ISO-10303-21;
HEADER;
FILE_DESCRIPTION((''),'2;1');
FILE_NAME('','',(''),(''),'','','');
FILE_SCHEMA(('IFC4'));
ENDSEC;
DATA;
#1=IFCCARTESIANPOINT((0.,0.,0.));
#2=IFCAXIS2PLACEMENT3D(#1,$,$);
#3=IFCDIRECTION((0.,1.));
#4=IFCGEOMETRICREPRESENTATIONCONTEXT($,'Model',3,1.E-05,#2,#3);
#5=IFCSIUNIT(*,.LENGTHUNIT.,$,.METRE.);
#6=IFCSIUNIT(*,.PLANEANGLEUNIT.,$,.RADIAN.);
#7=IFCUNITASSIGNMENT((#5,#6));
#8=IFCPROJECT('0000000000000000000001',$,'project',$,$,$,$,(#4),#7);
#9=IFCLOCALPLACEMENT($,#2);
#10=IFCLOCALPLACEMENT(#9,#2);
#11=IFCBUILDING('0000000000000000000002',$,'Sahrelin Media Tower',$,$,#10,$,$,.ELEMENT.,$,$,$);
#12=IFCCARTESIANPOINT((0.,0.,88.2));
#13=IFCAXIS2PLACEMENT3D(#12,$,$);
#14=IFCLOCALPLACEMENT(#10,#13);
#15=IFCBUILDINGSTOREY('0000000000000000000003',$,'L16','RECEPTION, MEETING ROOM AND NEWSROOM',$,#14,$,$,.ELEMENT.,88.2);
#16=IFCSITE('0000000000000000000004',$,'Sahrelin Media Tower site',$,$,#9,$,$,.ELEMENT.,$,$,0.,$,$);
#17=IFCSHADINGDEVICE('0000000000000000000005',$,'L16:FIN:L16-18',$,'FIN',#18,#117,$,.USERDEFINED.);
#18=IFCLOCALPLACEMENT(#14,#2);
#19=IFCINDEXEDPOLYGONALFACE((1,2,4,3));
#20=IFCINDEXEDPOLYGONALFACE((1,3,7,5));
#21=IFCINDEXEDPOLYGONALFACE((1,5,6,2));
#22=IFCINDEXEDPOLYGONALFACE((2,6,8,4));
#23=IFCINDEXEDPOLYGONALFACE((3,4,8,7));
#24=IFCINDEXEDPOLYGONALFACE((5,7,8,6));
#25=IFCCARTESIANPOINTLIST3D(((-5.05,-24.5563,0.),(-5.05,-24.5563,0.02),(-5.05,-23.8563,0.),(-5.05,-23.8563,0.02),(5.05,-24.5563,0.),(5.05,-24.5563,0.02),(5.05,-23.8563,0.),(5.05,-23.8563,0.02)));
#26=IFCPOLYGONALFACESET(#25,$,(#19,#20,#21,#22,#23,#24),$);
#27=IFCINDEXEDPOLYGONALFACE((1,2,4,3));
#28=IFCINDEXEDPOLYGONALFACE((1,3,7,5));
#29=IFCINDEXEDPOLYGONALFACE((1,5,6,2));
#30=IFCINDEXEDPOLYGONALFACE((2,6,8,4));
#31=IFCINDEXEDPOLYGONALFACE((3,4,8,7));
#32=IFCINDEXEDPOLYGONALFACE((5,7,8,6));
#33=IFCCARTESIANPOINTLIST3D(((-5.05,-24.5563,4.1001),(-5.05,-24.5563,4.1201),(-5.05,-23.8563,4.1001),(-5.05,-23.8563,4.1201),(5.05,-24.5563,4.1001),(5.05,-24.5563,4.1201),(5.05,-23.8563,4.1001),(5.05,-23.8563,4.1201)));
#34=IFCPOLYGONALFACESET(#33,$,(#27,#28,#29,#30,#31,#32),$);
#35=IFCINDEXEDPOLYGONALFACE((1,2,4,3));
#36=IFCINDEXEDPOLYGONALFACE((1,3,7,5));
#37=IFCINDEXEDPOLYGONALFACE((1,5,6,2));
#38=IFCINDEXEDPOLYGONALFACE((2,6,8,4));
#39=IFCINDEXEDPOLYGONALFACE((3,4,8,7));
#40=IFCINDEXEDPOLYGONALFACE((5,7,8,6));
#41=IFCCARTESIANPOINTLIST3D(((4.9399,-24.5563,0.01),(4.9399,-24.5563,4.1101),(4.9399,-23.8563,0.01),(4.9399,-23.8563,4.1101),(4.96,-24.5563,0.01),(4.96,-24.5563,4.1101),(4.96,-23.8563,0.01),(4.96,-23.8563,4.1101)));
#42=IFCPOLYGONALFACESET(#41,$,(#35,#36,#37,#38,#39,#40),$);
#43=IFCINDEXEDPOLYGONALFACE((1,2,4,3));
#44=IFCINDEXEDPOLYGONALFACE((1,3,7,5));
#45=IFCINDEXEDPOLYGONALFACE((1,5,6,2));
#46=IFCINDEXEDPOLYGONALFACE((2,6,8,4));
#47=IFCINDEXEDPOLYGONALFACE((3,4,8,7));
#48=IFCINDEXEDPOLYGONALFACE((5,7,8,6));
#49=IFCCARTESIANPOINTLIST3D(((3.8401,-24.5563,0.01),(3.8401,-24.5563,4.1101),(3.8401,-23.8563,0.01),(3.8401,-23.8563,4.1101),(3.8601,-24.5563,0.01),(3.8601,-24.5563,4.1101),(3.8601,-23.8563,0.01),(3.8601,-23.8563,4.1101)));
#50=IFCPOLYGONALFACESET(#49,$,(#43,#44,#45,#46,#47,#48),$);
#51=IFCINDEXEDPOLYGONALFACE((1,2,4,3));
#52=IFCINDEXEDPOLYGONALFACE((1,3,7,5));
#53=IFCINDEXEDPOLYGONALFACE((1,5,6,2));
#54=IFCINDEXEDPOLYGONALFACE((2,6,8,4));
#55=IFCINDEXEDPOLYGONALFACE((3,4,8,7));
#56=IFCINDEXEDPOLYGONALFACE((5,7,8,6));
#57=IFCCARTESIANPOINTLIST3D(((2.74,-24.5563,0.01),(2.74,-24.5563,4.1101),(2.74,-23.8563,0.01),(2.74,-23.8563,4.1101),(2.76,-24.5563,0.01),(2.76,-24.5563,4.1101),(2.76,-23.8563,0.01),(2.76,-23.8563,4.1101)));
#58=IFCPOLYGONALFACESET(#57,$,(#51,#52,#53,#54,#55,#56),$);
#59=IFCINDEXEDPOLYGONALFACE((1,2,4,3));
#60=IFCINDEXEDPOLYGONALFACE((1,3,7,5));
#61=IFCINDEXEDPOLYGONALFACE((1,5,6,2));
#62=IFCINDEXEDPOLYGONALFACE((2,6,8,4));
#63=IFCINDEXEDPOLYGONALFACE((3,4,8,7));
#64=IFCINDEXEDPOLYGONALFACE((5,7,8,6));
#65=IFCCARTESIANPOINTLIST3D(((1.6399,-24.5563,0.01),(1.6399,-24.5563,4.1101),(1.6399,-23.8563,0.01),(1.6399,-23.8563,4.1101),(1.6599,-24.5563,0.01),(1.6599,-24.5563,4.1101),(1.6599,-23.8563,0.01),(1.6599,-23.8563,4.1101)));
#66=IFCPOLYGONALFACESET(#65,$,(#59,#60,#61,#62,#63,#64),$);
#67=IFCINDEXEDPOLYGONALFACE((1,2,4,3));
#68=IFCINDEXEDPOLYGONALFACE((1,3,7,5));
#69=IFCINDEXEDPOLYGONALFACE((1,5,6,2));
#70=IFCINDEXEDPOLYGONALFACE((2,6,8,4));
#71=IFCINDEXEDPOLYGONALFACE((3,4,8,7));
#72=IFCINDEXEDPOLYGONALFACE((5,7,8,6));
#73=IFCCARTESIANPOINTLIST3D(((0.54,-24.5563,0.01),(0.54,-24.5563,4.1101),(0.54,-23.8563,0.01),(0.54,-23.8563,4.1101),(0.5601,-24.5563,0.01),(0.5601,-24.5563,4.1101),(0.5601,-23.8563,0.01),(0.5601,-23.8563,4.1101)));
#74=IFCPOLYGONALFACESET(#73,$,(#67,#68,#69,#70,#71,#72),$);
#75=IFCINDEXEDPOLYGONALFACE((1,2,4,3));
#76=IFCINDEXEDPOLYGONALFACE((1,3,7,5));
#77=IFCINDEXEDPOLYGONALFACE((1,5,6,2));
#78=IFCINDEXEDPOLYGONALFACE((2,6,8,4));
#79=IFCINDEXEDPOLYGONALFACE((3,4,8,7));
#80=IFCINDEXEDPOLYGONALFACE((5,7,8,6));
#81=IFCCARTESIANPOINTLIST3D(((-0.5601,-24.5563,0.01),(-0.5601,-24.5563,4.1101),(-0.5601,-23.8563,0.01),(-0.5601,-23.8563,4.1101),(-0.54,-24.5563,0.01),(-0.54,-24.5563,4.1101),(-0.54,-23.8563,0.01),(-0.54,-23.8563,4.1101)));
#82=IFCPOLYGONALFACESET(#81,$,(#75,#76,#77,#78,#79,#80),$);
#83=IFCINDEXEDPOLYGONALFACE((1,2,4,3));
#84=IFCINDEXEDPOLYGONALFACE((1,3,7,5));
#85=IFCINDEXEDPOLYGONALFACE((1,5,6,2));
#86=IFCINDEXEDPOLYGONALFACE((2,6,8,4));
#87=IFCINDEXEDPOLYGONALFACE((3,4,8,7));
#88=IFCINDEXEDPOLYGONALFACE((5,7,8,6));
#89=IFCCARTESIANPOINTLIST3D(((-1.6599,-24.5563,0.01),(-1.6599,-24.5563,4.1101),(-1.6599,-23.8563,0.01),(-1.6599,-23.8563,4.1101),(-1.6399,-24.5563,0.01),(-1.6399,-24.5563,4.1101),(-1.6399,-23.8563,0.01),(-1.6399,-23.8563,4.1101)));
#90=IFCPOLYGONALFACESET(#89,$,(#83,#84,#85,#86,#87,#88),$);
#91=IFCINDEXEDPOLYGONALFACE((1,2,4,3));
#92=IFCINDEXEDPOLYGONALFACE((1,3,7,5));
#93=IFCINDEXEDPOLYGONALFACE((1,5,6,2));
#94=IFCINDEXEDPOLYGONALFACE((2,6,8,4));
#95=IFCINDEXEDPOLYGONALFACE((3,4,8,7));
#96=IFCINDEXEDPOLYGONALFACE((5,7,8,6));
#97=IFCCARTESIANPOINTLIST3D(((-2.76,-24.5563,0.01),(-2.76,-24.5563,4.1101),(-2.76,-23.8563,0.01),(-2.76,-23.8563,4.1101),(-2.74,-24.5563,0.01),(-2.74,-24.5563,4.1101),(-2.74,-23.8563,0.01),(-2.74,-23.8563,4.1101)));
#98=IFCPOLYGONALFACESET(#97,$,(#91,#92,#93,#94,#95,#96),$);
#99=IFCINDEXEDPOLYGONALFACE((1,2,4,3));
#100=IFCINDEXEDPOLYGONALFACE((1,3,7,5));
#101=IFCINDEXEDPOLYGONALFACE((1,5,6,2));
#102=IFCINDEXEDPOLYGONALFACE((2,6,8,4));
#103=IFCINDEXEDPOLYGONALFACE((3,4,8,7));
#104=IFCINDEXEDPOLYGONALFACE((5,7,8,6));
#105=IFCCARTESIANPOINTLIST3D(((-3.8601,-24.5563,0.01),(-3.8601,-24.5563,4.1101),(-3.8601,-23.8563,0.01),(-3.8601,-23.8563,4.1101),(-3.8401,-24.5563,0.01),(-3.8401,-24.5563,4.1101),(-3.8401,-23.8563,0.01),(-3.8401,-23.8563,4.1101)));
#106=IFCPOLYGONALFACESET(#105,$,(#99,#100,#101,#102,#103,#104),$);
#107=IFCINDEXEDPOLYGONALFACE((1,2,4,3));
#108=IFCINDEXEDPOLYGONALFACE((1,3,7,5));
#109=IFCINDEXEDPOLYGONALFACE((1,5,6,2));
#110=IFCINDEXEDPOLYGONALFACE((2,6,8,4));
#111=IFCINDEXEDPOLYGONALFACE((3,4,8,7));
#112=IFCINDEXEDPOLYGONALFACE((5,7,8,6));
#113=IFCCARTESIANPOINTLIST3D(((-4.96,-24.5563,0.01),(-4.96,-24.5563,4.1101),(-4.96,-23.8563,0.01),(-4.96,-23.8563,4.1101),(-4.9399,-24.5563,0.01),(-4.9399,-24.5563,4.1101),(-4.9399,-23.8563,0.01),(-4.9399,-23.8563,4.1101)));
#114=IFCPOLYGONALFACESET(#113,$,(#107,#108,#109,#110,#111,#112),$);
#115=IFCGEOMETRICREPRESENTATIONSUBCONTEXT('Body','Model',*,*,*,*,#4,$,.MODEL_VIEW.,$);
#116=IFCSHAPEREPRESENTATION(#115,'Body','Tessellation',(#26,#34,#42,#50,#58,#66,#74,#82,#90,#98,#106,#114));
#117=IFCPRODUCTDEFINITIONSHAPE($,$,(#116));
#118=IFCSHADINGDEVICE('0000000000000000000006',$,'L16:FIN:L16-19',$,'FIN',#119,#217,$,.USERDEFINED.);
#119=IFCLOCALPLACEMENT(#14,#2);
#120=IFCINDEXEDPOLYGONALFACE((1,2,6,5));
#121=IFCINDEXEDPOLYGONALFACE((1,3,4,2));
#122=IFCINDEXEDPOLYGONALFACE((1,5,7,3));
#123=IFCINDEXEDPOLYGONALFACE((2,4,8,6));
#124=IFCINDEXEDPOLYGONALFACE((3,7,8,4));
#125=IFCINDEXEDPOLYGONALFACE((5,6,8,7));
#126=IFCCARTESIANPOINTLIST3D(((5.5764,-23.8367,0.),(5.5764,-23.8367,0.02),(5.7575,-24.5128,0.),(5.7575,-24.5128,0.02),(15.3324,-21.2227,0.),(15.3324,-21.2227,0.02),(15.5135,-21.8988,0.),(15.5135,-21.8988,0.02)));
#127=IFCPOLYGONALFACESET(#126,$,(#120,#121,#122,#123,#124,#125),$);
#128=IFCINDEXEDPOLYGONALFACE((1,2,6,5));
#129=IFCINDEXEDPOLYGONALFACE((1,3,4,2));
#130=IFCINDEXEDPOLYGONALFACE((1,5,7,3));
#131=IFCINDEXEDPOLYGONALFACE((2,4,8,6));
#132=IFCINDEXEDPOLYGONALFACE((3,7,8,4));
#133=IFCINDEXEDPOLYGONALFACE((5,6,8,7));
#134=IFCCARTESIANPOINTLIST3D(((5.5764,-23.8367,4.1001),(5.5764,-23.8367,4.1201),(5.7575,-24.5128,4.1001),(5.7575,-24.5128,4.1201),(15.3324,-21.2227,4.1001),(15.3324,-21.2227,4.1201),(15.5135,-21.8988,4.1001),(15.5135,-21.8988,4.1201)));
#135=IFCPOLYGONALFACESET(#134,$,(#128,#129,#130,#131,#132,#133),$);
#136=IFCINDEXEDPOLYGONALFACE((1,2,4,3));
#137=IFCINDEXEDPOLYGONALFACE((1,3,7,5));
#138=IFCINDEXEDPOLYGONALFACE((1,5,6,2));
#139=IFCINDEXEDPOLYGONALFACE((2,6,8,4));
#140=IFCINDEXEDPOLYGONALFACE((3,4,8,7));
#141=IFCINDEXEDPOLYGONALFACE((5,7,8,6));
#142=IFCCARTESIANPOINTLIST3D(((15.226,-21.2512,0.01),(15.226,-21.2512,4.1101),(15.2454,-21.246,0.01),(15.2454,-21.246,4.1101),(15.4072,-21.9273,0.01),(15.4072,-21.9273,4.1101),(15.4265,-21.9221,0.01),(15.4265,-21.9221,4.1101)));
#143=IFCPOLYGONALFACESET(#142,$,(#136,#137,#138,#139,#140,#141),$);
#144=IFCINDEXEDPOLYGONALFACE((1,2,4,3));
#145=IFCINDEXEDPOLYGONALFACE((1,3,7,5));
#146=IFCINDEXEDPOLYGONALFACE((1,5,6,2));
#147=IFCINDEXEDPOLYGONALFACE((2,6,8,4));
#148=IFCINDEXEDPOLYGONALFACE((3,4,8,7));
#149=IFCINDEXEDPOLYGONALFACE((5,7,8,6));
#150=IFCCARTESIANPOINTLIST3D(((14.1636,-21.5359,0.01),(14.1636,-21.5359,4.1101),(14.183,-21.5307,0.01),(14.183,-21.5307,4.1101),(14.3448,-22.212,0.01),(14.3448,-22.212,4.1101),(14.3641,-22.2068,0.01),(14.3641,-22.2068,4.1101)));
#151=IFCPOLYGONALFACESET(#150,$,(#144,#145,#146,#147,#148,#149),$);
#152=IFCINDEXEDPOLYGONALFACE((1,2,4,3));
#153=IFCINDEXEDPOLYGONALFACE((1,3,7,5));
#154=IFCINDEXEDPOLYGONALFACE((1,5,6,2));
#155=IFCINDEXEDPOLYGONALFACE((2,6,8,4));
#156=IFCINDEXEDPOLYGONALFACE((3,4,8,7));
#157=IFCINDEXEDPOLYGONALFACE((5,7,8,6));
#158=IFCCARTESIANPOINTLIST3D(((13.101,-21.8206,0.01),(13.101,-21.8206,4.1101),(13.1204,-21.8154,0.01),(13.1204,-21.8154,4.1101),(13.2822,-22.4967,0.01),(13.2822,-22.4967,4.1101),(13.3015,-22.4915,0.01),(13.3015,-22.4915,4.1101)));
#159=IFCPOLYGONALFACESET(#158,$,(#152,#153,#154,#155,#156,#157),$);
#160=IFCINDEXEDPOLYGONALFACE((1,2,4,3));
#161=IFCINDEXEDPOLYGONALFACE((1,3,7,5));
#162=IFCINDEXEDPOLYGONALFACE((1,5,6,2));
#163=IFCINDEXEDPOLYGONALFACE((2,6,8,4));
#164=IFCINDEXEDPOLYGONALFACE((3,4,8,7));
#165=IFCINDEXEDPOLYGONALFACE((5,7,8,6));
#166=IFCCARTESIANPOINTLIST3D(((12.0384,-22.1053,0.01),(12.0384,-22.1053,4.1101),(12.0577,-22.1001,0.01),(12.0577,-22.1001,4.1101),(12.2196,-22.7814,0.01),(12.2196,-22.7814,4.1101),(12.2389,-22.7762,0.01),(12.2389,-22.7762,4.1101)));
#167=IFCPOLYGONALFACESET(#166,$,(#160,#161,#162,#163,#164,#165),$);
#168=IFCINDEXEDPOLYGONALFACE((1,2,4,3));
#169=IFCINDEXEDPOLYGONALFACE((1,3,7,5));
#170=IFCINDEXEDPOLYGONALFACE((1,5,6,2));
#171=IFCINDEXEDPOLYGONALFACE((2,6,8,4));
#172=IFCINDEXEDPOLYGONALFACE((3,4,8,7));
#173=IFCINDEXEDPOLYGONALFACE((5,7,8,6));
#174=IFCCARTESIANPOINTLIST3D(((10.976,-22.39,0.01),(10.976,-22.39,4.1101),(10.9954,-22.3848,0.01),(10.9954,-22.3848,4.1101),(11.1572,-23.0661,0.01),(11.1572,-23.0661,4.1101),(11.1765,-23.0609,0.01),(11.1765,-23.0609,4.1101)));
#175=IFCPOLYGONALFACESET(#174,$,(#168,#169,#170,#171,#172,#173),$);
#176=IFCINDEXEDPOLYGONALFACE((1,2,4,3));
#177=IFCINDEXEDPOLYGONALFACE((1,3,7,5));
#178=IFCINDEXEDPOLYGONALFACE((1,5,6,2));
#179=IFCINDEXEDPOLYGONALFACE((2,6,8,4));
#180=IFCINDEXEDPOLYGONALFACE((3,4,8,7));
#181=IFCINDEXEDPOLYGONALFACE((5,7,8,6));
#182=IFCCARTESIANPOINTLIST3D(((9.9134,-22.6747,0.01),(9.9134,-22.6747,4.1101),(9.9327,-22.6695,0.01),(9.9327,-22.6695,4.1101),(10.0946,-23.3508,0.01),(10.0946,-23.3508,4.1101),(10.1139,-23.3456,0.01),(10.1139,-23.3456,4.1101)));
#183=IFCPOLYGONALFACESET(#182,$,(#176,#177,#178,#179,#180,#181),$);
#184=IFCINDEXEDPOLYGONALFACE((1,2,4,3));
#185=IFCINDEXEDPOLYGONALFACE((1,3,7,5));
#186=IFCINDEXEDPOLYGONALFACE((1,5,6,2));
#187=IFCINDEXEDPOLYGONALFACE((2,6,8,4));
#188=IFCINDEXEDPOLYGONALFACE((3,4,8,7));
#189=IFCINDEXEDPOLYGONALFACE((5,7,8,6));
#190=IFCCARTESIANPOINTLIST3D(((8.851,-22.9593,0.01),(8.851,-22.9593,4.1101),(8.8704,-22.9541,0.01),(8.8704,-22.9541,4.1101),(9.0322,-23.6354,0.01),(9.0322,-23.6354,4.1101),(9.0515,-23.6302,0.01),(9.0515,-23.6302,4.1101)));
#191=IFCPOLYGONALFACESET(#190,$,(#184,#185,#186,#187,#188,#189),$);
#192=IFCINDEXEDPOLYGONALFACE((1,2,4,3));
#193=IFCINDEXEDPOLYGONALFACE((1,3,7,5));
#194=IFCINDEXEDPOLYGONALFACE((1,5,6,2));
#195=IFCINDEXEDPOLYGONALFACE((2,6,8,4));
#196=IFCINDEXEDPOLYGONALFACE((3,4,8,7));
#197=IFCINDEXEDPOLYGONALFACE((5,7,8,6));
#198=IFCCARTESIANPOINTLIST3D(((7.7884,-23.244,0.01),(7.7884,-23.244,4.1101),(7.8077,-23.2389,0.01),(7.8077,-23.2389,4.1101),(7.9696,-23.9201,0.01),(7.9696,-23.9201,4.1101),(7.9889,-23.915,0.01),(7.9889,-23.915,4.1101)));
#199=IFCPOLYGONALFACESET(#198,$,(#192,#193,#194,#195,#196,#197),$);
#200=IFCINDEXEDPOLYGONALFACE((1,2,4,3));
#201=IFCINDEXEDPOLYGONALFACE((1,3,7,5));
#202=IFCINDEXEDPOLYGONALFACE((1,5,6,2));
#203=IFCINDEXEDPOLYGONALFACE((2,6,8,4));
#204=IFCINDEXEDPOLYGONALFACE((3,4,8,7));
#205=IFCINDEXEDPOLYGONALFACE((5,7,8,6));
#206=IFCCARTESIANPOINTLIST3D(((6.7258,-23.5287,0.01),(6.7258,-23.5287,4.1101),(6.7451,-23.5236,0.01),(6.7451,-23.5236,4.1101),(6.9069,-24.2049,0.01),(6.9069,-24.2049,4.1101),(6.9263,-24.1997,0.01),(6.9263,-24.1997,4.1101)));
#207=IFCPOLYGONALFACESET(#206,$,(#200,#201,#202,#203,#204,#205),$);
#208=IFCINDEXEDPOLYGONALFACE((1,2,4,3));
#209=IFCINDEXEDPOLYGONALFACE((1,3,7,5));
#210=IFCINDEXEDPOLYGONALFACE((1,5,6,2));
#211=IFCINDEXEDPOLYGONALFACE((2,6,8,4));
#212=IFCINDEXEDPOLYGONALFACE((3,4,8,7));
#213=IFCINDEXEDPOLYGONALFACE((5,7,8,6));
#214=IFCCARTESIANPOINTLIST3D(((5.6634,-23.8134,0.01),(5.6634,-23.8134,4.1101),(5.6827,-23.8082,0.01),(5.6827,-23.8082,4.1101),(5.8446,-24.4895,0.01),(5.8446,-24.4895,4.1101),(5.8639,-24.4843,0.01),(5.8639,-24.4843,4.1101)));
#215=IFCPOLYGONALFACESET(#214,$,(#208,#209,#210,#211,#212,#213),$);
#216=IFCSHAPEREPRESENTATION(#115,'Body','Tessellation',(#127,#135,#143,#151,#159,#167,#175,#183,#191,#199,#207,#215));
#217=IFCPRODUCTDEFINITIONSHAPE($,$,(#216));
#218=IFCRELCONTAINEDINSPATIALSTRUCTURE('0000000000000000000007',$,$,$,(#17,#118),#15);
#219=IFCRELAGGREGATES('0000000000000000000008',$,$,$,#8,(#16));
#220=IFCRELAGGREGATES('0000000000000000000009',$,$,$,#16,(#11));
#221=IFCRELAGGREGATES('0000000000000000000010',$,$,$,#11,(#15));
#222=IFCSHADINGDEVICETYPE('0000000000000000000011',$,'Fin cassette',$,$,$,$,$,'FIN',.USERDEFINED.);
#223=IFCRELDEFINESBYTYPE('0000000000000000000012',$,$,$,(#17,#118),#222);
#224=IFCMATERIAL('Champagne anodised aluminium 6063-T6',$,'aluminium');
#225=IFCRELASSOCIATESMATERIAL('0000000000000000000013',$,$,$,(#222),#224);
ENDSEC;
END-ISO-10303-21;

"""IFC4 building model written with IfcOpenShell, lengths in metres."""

from ifc_helpers import new_model, si_unit, direction, frame, origin, origin_2d, place, context, subcontext, project, spatial, rectangle, extrude, material, type_object, element, save


model = new_model("IFC4")

# Units and contexts
model_context = context("Model", 3, precision=1e-05, world=origin(), true_north=direction((0.0, 1.0)))
body_context = subcontext(model_context, "Body", "Model", "MODEL_VIEW")
ifc_project = project(units=[si_unit("LENGTHUNIT", "METRE"), si_unit("PLANEANGLEUNIT", "RADIAN")], contexts=[model_context])

# Site, building, storey
site_placement = place(None, origin())
site = spatial("IfcSite", under=ifc_project, at=site_placement, Name="Sahrelin Media Tower site", CompositionType="ELEMENT", RefElevation=0.0)
building_placement = place(site_placement, origin())
building = spatial("IfcBuilding", under=site, at=building_placement, Name="Sahrelin Media Tower", CompositionType="ELEMENT")
storey_placement = place(building_placement, frame((0.0, 0.0, 88.2)))
storey = spatial("IfcBuildingStorey", under=building, at=storey_placement, Name="L16", Description="RECEPTION, MEETING ROOM AND NEWSROOM", CompositionType="ELEMENT", Elevation=88.2)

# Shared definitions
ifc_material_1 = material(Name="Champagne anodised aluminium 6063-T6", Category="aluminium")

# Shading devices
shading_device_type_1 = type_object("IfcShadingDeviceType", Name="Fin cassette", ElementType="FIN", PredefinedType="USERDEFINED", material=ifc_material_1)
placement_1 = place(storey_placement, frame((0.0, -23.7864, 0.0), z_axis=(0.0, 0.0, 1.0), x_axis=(-1.0, 0.0, 0.0)))
element("IfcShadingDevice", 1, at=placement_1, inside=storey, type_object=shading_device_type_1, Name="L16:FIN:L16-18", ObjectType="FIN", PredefinedType="USERDEFINED", context=body_context, shape_type="SweptSolid", body=[
    extrude(rectangle(XDim=10.1001, YDim=0.7, at=origin_2d()), frame((0.0, 0.4199, 0.0)), (0.0, 0.0, 1.0), 0.02),
    extrude(rectangle(XDim=10.1001, YDim=0.7, at=origin_2d()), frame((0.0, 0.4199, 4.1001)), (0.0, 0.0, 1.0), 0.02),
    extrude(rectangle(XDim=0.02, YDim=0.7, at=origin_2d()), frame((-4.95, 0.4199, 0.01), z_axis=(0.0, 0.0, 1.0), x_axis=(1.0, 0.0, 0.0)), (0.0, 0.0, 1.0), 4.1001),
    extrude(rectangle(XDim=0.02, YDim=0.7, at=origin_2d()), frame((-3.8501, 0.4199, 0.01), z_axis=(0.0, 0.0, 1.0), x_axis=(1.0, 0.0, 0.0)), (0.0, 0.0, 1.0), 4.1001),
    extrude(rectangle(XDim=0.02, YDim=0.7, at=origin_2d()), frame((-2.75, 0.4199, 0.01), z_axis=(0.0, 0.0, 1.0), x_axis=(1.0, 0.0, 0.0)), (0.0, 0.0, 1.0), 4.1001),
    extrude(rectangle(XDim=0.02, YDim=0.7, at=origin_2d()), frame((-1.6499, 0.4199, 0.01), z_axis=(0.0, 0.0, 1.0), x_axis=(1.0, 0.0, 0.0)), (0.0, 0.0, 1.0), 4.1001),
    extrude(rectangle(XDim=0.02, YDim=0.7, at=origin_2d()), frame((-0.55, 0.4199, 0.01), z_axis=(0.0, 0.0, 1.0), x_axis=(1.0, 0.0, 0.0)), (0.0, 0.0, 1.0), 4.1001),
    extrude(rectangle(XDim=0.02, YDim=0.7, at=origin_2d()), frame((0.55, 0.4199, 0.01), z_axis=(0.0, 0.0, 1.0), x_axis=(1.0, 0.0, 0.0)), (0.0, 0.0, 1.0), 4.1001),
    extrude(rectangle(XDim=0.02, YDim=0.7, at=origin_2d()), frame((1.6499, 0.4199, 0.01), z_axis=(0.0, 0.0, 1.0), x_axis=(1.0, 0.0, 0.0)), (0.0, 0.0, 1.0), 4.1001),
    extrude(rectangle(XDim=0.02, YDim=0.7, at=origin_2d()), frame((2.75, 0.4199, 0.01), z_axis=(0.0, 0.0, 1.0), x_axis=(1.0, 0.0, 0.0)), (0.0, 0.0, 1.0), 4.1001),
    extrude(rectangle(XDim=0.02, YDim=0.7, at=origin_2d()), frame((3.8501, 0.4199, 0.01), z_axis=(0.0, 0.0, 1.0), x_axis=(1.0, 0.0, 0.0)), (0.0, 0.0, 1.0), 4.1001),
    extrude(rectangle(XDim=0.02, YDim=0.7, at=origin_2d()), frame((4.95, 0.4199, 0.01), z_axis=(0.0, 0.0, 1.0), x_axis=(1.0, 0.0, 0.0)), (0.0, 0.0, 1.0), 4.1001),
])
placement_2 = place(storey_placement, frame((10.4363, -22.4622, 0.0), z_axis=(0.0, 0.0, 1.0), x_axis=(-0.965929, -0.258808, 0.0)))
element("IfcShadingDevice", 2, at=placement_2, inside=storey, type_object=shading_device_type_1, Name="L16:FIN:L16-19", ObjectType="FIN", PredefinedType="USERDEFINED", context=body_context, shape_type="SweptSolid", body=[
    extrude(rectangle(XDim=10.1001, YDim=0.7, at=origin_2d()), frame((0.0, 0.4199, 0.0)), (0.0, 0.0, 1.0), 0.02),
    extrude(rectangle(XDim=10.1001, YDim=0.7, at=origin_2d()), frame((0.0, 0.4199, 4.1001)), (0.0, 0.0, 1.0), 0.02),
    extrude(rectangle(XDim=0.02, YDim=0.7, at=origin_2d()), frame((-4.95, 0.4199, 0.01), z_axis=(0.0, 0.0, 1.0), x_axis=(1.0, 0.0, 0.0)), (0.0, 0.0, 1.0), 4.1001),
    extrude(rectangle(XDim=0.02, YDim=0.7, at=origin_2d()), frame((-3.8501, 0.4199, 0.01), z_axis=(0.0, 0.0, 1.0), x_axis=(1.0, 0.0, 0.0)), (0.0, 0.0, 1.0), 4.1001),
    extrude(rectangle(XDim=0.02, YDim=0.7, at=origin_2d()), frame((-2.75, 0.4199, 0.01), z_axis=(0.0, 0.0, 1.0), x_axis=(1.0, 0.0, 0.0)), (0.0, 0.0, 1.0), 4.1001),
    extrude(rectangle(XDim=0.02, YDim=0.7, at=origin_2d()), frame((-1.6499, 0.4199, 0.01), z_axis=(0.0, 0.0, 1.0), x_axis=(1.0, 0.0, 0.0)), (0.0, 0.0, 1.0), 4.1001),
    extrude(rectangle(XDim=0.02, YDim=0.7, at=origin_2d()), frame((-0.55, 0.4199, 0.01), z_axis=(0.0, 0.0, 1.0), x_axis=(1.0, 0.0, 0.0)), (0.0, 0.0, 1.0), 4.1001),
    extrude(rectangle(XDim=0.02, YDim=0.7, at=origin_2d()), frame((0.55, 0.4199, 0.01), z_axis=(0.0, 0.0, 1.0), x_axis=(1.0, 0.0, 0.0)), (0.0, 0.0, 1.0), 4.1001),
    extrude(rectangle(XDim=0.02, YDim=0.7, at=origin_2d()), frame((1.6499, 0.4199, 0.01), z_axis=(0.0, 0.0, 1.0), x_axis=(1.0, 0.0, 0.0)), (0.0, 0.0, 1.0), 4.1001),
    extrude(rectangle(XDim=0.02, YDim=0.7, at=origin_2d()), frame((2.75, 0.4199, 0.01), z_axis=(0.0, 0.0, 1.0), x_axis=(1.0, 0.0, 0.0)), (0.0, 0.0, 1.0), 4.1001),
    extrude(rectangle(XDim=0.02, YDim=0.7, at=origin_2d()), frame((3.8501, 0.4199, 0.01), z_axis=(0.0, 0.0, 1.0), x_axis=(1.0, 0.0, 0.0)), (0.0, 0.0, 1.0), 4.1001),
    extrude(rectangle(XDim=0.02, YDim=0.7, at=origin_2d()), frame((4.95, 0.4199, 0.01), z_axis=(0.0, 0.0, 1.0), x_axis=(1.0, 0.0, 0.0)), (0.0, 0.0, 1.0), 4.1001),
])

save(model, "model.ifc")
